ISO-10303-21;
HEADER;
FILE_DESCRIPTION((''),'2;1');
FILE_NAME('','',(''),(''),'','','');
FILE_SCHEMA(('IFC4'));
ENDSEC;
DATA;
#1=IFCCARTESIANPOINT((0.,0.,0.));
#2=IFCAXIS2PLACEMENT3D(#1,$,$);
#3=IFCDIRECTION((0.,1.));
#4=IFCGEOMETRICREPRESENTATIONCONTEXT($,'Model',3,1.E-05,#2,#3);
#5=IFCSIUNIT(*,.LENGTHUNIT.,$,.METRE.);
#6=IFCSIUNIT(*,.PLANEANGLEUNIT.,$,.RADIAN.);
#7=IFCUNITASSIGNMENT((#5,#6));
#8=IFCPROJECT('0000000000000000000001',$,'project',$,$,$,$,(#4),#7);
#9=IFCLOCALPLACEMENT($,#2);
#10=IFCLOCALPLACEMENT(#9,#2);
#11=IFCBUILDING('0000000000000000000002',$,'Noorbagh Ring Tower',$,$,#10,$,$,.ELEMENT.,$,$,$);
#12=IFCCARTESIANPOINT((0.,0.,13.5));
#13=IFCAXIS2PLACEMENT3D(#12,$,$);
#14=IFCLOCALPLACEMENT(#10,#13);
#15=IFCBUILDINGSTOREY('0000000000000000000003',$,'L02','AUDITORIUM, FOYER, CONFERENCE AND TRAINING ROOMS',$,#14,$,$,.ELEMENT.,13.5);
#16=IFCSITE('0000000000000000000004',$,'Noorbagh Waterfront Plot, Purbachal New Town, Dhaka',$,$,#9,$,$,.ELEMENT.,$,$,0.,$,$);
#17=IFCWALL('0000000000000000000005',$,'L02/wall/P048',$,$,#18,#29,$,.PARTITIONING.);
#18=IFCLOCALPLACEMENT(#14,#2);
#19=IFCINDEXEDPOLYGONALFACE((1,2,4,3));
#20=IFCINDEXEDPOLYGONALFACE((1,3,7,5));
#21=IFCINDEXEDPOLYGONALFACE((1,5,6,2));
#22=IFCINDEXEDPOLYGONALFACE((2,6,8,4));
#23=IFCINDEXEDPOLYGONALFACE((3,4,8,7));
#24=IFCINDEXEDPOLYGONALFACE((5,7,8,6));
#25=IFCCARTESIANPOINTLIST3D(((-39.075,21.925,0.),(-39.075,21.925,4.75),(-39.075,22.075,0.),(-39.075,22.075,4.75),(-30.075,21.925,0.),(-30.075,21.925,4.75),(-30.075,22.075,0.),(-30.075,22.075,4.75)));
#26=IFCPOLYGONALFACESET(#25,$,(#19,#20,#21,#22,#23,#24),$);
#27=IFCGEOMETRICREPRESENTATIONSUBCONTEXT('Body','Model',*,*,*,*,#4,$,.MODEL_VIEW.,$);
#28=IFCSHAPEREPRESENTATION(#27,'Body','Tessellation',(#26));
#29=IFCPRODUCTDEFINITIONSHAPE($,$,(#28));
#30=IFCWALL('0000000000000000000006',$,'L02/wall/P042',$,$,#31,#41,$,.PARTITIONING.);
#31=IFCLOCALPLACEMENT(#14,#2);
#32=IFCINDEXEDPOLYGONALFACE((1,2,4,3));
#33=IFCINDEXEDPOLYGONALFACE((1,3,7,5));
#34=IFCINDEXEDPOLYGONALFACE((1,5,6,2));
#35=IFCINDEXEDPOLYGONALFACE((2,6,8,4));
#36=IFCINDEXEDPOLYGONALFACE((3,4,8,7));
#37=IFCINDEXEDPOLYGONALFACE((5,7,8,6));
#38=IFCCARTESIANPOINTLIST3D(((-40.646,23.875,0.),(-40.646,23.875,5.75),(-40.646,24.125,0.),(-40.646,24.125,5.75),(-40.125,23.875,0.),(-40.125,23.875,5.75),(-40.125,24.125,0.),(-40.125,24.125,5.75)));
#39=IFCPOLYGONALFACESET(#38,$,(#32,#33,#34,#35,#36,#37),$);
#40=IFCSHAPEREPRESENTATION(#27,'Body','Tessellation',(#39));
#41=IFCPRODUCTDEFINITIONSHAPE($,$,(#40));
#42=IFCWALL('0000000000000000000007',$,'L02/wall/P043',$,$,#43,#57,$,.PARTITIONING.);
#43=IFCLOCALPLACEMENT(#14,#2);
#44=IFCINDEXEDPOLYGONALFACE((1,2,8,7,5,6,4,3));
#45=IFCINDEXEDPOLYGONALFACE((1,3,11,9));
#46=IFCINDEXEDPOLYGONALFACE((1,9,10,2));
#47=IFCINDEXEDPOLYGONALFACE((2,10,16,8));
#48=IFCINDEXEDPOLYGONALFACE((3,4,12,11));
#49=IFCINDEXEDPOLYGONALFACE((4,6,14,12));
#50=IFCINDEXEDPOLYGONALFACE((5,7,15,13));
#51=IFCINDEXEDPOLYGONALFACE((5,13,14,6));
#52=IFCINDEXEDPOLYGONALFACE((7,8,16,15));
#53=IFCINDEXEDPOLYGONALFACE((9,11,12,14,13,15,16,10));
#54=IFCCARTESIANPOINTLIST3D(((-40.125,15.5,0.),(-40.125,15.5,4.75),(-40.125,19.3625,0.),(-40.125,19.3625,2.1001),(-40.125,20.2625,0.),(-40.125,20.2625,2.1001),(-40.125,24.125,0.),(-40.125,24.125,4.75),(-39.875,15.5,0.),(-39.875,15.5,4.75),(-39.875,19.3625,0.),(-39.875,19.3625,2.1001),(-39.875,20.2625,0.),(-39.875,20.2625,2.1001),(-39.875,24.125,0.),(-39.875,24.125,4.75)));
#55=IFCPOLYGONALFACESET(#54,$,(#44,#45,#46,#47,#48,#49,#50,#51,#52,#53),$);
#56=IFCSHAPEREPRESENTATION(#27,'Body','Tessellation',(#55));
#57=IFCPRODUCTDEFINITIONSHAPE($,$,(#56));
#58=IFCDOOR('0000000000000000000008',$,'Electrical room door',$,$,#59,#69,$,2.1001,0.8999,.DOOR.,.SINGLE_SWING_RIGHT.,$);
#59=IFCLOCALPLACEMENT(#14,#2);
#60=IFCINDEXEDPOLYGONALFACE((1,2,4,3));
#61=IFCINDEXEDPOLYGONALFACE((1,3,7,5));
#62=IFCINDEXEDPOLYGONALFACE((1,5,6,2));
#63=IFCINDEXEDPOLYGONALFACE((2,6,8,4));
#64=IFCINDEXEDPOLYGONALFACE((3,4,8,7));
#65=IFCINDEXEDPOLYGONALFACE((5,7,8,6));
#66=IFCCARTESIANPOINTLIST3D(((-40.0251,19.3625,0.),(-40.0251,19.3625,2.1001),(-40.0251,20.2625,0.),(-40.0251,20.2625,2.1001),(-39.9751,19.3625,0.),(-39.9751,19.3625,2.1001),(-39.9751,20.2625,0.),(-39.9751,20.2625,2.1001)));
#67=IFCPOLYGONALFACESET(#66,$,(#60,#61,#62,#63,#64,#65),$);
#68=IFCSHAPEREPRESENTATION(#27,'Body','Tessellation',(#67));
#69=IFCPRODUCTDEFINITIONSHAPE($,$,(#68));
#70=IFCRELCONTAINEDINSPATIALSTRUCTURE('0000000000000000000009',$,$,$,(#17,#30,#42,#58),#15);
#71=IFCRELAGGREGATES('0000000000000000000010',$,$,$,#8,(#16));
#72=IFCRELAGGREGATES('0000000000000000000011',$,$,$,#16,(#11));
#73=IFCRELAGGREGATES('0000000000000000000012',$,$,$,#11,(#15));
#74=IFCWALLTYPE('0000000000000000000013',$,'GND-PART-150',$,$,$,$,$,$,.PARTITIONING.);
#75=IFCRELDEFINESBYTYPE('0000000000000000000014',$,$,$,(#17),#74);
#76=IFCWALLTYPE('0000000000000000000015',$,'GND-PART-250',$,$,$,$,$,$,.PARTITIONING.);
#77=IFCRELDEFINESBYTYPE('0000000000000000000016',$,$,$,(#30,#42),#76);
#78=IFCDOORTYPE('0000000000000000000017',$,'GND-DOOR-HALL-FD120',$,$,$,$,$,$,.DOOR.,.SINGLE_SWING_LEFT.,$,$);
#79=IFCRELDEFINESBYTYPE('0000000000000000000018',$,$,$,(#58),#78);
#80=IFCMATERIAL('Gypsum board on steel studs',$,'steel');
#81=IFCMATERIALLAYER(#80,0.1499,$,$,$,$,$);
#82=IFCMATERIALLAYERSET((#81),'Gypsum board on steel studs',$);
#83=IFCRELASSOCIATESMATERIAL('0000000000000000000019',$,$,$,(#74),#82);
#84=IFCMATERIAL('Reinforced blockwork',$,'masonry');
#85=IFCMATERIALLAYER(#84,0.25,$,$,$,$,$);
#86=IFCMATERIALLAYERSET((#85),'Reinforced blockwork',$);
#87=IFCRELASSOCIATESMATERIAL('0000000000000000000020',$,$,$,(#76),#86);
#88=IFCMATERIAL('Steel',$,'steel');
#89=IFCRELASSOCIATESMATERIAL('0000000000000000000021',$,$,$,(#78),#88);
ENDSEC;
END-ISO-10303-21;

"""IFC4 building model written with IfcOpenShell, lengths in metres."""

from ifc_helpers import new_model, si_unit, direction, frame, frame_2d, origin, place, context, subcontext, project, spatial, rectangle, extrude, material, layer, layer_set, type_object, element, fill, save


model = new_model("IFC4")

# Units and contexts
model_context = context("Model", 3, precision=1e-05, world=origin(), true_north=direction((0.0, 1.0)))
body_context = subcontext(model_context, "Body", "Model", "MODEL_VIEW")
ifc_project = project(units=[si_unit("LENGTHUNIT", "METRE"), si_unit("PLANEANGLEUNIT", "RADIAN")], contexts=[model_context])

# Site, building, storey
site_placement = place(None, origin())
site = spatial("IfcSite", under=ifc_project, at=site_placement, Name="Noorbagh Waterfront Plot, Purbachal New Town, Dhaka", CompositionType="ELEMENT", RefElevation=0.0)
building_placement = place(site_placement, origin())
building = spatial("IfcBuilding", under=site, at=building_placement, Name="Noorbagh Ring Tower", CompositionType="ELEMENT")
storey_placement = place(building_placement, frame((0.0, 0.0, 13.5)))
storey = spatial("IfcBuildingStorey", under=building, at=storey_placement, Name="L02", Description="AUDITORIUM, FOYER, CONFERENCE AND TRAINING ROOMS", CompositionType="ELEMENT", Elevation=13.5)

# Shared definitions
ifc_material_1 = material(Name="Gypsum board on steel studs", Category="steel")
ifc_layer_1 = layer(ifc_material_1, 0.1499)
ifc_layer_set_1 = layer_set([ifc_layer_1], Name="Gypsum board on steel studs")
wall_type_1 = type_object("IfcWallType", Name="GND-PART-150", PredefinedType="PARTITIONING", material=ifc_layer_set_1)

# Walls
wall_1_placement = place(storey_placement, frame((-39.075, 22.0, 0.0), z_axis=(0.0, 0.0, 1.0), x_axis=(1.0, 0.0, 0.0)))
element("IfcWall", 1, at=wall_1_placement, inside=storey, type_object=wall_type_1, Name="L02/wall/P048", PredefinedType="PARTITIONING", context=body_context, shape_type="SweptSolid", body=[
    extrude(rectangle(XDim=9.0, YDim=0.1499, at=frame_2d((4.5, 0.0))), origin(), (0.0, 0.0, 1.0), 4.75),
])
ifc_material_2 = material(Name="Reinforced blockwork", Category="masonry")
ifc_layer_2 = layer(ifc_material_2, 0.25)
ifc_layer_set_2 = layer_set([ifc_layer_2], Name="Reinforced blockwork")
wall_type_2 = type_object("IfcWallType", Name="GND-PART-250", PredefinedType="PARTITIONING", material=ifc_layer_set_2)
wall_2_placement = place(storey_placement, frame((-40.646, 24.0, 0.0), z_axis=(0.0, 0.0, 1.0), x_axis=(1.0, 0.0, 0.0)))
element("IfcWall", 2, at=wall_2_placement, inside=storey, type_object=wall_type_2, Name="L02/wall/P042", PredefinedType="PARTITIONING", context=body_context, shape_type="SweptSolid", body=[
    extrude(rectangle(XDim=0.521, YDim=0.25, at=frame_2d((0.2605, 0.0))), origin(), (0.0, 0.0, 1.0), 5.75),
])

# Wall, opening, door
wall_3_placement = place(storey_placement, frame((-40.0, 24.125, 0.0), z_axis=(0.0, 0.0, 1.0), x_axis=(0.0, -1.0, 0.0)))
wall_3 = element("IfcWall", 3, at=wall_3_placement, inside=storey, type_object=wall_type_2, Name="L02/wall/P043", PredefinedType="PARTITIONING", context=body_context, shape_type="SweptSolid", body=[
    extrude(rectangle(XDim=8.625, YDim=0.25, at=frame_2d((4.3125, 0.0))), origin(), (0.0, 0.0, 1.0), 4.75),
])
opening_1_placement = place(wall_3_placement, frame((3.8625, 0.0, 0.0)))
opening_1 = element("IfcOpeningElement", 4, at=opening_1_placement, cuts=wall_3, PredefinedType="OPENING", context=body_context, shape_type="SweptSolid", body=[
    extrude(rectangle(XDim=0.8999, YDim=2.1001, at=frame_2d((0.45, 1.05))), frame((0.0, 0.135, 0.0), z_axis=(0.0, -1.0, 0.0), x_axis=(1.0, 0.0, 0.0)), (0.0, 0.0, 1.0), 0.27),
])
ifc_material_3 = material(Name="Steel", Category="steel")
door_type_1 = type_object("IfcDoorType", Name="GND-DOOR-HALL-FD120", OperationType="SINGLE_SWING_LEFT", PredefinedType="DOOR", material=ifc_material_3)
door_1_placement = place(opening_1_placement, origin())
door_1 = element("IfcDoor", 5, at=door_1_placement, inside=storey, type_object=door_type_1, Name="Electrical room door", OperationType="SINGLE_SWING_RIGHT", OverallHeight=2.1001, OverallWidth=0.8999, PredefinedType="DOOR", context=body_context, shape_type="SweptSolid", body=[
    extrude(rectangle(XDim=0.8999, YDim=2.1001, at=frame_2d((0.45, 1.05))), frame((0.0, 0.0249, 0.0), z_axis=(0.0, -1.0, 0.0), x_axis=(1.0, 0.0, 0.0)), (0.0, 0.0, 1.0), 0.05),
])
fill(opening_1, door_1)

save(model, "model.ifc")
